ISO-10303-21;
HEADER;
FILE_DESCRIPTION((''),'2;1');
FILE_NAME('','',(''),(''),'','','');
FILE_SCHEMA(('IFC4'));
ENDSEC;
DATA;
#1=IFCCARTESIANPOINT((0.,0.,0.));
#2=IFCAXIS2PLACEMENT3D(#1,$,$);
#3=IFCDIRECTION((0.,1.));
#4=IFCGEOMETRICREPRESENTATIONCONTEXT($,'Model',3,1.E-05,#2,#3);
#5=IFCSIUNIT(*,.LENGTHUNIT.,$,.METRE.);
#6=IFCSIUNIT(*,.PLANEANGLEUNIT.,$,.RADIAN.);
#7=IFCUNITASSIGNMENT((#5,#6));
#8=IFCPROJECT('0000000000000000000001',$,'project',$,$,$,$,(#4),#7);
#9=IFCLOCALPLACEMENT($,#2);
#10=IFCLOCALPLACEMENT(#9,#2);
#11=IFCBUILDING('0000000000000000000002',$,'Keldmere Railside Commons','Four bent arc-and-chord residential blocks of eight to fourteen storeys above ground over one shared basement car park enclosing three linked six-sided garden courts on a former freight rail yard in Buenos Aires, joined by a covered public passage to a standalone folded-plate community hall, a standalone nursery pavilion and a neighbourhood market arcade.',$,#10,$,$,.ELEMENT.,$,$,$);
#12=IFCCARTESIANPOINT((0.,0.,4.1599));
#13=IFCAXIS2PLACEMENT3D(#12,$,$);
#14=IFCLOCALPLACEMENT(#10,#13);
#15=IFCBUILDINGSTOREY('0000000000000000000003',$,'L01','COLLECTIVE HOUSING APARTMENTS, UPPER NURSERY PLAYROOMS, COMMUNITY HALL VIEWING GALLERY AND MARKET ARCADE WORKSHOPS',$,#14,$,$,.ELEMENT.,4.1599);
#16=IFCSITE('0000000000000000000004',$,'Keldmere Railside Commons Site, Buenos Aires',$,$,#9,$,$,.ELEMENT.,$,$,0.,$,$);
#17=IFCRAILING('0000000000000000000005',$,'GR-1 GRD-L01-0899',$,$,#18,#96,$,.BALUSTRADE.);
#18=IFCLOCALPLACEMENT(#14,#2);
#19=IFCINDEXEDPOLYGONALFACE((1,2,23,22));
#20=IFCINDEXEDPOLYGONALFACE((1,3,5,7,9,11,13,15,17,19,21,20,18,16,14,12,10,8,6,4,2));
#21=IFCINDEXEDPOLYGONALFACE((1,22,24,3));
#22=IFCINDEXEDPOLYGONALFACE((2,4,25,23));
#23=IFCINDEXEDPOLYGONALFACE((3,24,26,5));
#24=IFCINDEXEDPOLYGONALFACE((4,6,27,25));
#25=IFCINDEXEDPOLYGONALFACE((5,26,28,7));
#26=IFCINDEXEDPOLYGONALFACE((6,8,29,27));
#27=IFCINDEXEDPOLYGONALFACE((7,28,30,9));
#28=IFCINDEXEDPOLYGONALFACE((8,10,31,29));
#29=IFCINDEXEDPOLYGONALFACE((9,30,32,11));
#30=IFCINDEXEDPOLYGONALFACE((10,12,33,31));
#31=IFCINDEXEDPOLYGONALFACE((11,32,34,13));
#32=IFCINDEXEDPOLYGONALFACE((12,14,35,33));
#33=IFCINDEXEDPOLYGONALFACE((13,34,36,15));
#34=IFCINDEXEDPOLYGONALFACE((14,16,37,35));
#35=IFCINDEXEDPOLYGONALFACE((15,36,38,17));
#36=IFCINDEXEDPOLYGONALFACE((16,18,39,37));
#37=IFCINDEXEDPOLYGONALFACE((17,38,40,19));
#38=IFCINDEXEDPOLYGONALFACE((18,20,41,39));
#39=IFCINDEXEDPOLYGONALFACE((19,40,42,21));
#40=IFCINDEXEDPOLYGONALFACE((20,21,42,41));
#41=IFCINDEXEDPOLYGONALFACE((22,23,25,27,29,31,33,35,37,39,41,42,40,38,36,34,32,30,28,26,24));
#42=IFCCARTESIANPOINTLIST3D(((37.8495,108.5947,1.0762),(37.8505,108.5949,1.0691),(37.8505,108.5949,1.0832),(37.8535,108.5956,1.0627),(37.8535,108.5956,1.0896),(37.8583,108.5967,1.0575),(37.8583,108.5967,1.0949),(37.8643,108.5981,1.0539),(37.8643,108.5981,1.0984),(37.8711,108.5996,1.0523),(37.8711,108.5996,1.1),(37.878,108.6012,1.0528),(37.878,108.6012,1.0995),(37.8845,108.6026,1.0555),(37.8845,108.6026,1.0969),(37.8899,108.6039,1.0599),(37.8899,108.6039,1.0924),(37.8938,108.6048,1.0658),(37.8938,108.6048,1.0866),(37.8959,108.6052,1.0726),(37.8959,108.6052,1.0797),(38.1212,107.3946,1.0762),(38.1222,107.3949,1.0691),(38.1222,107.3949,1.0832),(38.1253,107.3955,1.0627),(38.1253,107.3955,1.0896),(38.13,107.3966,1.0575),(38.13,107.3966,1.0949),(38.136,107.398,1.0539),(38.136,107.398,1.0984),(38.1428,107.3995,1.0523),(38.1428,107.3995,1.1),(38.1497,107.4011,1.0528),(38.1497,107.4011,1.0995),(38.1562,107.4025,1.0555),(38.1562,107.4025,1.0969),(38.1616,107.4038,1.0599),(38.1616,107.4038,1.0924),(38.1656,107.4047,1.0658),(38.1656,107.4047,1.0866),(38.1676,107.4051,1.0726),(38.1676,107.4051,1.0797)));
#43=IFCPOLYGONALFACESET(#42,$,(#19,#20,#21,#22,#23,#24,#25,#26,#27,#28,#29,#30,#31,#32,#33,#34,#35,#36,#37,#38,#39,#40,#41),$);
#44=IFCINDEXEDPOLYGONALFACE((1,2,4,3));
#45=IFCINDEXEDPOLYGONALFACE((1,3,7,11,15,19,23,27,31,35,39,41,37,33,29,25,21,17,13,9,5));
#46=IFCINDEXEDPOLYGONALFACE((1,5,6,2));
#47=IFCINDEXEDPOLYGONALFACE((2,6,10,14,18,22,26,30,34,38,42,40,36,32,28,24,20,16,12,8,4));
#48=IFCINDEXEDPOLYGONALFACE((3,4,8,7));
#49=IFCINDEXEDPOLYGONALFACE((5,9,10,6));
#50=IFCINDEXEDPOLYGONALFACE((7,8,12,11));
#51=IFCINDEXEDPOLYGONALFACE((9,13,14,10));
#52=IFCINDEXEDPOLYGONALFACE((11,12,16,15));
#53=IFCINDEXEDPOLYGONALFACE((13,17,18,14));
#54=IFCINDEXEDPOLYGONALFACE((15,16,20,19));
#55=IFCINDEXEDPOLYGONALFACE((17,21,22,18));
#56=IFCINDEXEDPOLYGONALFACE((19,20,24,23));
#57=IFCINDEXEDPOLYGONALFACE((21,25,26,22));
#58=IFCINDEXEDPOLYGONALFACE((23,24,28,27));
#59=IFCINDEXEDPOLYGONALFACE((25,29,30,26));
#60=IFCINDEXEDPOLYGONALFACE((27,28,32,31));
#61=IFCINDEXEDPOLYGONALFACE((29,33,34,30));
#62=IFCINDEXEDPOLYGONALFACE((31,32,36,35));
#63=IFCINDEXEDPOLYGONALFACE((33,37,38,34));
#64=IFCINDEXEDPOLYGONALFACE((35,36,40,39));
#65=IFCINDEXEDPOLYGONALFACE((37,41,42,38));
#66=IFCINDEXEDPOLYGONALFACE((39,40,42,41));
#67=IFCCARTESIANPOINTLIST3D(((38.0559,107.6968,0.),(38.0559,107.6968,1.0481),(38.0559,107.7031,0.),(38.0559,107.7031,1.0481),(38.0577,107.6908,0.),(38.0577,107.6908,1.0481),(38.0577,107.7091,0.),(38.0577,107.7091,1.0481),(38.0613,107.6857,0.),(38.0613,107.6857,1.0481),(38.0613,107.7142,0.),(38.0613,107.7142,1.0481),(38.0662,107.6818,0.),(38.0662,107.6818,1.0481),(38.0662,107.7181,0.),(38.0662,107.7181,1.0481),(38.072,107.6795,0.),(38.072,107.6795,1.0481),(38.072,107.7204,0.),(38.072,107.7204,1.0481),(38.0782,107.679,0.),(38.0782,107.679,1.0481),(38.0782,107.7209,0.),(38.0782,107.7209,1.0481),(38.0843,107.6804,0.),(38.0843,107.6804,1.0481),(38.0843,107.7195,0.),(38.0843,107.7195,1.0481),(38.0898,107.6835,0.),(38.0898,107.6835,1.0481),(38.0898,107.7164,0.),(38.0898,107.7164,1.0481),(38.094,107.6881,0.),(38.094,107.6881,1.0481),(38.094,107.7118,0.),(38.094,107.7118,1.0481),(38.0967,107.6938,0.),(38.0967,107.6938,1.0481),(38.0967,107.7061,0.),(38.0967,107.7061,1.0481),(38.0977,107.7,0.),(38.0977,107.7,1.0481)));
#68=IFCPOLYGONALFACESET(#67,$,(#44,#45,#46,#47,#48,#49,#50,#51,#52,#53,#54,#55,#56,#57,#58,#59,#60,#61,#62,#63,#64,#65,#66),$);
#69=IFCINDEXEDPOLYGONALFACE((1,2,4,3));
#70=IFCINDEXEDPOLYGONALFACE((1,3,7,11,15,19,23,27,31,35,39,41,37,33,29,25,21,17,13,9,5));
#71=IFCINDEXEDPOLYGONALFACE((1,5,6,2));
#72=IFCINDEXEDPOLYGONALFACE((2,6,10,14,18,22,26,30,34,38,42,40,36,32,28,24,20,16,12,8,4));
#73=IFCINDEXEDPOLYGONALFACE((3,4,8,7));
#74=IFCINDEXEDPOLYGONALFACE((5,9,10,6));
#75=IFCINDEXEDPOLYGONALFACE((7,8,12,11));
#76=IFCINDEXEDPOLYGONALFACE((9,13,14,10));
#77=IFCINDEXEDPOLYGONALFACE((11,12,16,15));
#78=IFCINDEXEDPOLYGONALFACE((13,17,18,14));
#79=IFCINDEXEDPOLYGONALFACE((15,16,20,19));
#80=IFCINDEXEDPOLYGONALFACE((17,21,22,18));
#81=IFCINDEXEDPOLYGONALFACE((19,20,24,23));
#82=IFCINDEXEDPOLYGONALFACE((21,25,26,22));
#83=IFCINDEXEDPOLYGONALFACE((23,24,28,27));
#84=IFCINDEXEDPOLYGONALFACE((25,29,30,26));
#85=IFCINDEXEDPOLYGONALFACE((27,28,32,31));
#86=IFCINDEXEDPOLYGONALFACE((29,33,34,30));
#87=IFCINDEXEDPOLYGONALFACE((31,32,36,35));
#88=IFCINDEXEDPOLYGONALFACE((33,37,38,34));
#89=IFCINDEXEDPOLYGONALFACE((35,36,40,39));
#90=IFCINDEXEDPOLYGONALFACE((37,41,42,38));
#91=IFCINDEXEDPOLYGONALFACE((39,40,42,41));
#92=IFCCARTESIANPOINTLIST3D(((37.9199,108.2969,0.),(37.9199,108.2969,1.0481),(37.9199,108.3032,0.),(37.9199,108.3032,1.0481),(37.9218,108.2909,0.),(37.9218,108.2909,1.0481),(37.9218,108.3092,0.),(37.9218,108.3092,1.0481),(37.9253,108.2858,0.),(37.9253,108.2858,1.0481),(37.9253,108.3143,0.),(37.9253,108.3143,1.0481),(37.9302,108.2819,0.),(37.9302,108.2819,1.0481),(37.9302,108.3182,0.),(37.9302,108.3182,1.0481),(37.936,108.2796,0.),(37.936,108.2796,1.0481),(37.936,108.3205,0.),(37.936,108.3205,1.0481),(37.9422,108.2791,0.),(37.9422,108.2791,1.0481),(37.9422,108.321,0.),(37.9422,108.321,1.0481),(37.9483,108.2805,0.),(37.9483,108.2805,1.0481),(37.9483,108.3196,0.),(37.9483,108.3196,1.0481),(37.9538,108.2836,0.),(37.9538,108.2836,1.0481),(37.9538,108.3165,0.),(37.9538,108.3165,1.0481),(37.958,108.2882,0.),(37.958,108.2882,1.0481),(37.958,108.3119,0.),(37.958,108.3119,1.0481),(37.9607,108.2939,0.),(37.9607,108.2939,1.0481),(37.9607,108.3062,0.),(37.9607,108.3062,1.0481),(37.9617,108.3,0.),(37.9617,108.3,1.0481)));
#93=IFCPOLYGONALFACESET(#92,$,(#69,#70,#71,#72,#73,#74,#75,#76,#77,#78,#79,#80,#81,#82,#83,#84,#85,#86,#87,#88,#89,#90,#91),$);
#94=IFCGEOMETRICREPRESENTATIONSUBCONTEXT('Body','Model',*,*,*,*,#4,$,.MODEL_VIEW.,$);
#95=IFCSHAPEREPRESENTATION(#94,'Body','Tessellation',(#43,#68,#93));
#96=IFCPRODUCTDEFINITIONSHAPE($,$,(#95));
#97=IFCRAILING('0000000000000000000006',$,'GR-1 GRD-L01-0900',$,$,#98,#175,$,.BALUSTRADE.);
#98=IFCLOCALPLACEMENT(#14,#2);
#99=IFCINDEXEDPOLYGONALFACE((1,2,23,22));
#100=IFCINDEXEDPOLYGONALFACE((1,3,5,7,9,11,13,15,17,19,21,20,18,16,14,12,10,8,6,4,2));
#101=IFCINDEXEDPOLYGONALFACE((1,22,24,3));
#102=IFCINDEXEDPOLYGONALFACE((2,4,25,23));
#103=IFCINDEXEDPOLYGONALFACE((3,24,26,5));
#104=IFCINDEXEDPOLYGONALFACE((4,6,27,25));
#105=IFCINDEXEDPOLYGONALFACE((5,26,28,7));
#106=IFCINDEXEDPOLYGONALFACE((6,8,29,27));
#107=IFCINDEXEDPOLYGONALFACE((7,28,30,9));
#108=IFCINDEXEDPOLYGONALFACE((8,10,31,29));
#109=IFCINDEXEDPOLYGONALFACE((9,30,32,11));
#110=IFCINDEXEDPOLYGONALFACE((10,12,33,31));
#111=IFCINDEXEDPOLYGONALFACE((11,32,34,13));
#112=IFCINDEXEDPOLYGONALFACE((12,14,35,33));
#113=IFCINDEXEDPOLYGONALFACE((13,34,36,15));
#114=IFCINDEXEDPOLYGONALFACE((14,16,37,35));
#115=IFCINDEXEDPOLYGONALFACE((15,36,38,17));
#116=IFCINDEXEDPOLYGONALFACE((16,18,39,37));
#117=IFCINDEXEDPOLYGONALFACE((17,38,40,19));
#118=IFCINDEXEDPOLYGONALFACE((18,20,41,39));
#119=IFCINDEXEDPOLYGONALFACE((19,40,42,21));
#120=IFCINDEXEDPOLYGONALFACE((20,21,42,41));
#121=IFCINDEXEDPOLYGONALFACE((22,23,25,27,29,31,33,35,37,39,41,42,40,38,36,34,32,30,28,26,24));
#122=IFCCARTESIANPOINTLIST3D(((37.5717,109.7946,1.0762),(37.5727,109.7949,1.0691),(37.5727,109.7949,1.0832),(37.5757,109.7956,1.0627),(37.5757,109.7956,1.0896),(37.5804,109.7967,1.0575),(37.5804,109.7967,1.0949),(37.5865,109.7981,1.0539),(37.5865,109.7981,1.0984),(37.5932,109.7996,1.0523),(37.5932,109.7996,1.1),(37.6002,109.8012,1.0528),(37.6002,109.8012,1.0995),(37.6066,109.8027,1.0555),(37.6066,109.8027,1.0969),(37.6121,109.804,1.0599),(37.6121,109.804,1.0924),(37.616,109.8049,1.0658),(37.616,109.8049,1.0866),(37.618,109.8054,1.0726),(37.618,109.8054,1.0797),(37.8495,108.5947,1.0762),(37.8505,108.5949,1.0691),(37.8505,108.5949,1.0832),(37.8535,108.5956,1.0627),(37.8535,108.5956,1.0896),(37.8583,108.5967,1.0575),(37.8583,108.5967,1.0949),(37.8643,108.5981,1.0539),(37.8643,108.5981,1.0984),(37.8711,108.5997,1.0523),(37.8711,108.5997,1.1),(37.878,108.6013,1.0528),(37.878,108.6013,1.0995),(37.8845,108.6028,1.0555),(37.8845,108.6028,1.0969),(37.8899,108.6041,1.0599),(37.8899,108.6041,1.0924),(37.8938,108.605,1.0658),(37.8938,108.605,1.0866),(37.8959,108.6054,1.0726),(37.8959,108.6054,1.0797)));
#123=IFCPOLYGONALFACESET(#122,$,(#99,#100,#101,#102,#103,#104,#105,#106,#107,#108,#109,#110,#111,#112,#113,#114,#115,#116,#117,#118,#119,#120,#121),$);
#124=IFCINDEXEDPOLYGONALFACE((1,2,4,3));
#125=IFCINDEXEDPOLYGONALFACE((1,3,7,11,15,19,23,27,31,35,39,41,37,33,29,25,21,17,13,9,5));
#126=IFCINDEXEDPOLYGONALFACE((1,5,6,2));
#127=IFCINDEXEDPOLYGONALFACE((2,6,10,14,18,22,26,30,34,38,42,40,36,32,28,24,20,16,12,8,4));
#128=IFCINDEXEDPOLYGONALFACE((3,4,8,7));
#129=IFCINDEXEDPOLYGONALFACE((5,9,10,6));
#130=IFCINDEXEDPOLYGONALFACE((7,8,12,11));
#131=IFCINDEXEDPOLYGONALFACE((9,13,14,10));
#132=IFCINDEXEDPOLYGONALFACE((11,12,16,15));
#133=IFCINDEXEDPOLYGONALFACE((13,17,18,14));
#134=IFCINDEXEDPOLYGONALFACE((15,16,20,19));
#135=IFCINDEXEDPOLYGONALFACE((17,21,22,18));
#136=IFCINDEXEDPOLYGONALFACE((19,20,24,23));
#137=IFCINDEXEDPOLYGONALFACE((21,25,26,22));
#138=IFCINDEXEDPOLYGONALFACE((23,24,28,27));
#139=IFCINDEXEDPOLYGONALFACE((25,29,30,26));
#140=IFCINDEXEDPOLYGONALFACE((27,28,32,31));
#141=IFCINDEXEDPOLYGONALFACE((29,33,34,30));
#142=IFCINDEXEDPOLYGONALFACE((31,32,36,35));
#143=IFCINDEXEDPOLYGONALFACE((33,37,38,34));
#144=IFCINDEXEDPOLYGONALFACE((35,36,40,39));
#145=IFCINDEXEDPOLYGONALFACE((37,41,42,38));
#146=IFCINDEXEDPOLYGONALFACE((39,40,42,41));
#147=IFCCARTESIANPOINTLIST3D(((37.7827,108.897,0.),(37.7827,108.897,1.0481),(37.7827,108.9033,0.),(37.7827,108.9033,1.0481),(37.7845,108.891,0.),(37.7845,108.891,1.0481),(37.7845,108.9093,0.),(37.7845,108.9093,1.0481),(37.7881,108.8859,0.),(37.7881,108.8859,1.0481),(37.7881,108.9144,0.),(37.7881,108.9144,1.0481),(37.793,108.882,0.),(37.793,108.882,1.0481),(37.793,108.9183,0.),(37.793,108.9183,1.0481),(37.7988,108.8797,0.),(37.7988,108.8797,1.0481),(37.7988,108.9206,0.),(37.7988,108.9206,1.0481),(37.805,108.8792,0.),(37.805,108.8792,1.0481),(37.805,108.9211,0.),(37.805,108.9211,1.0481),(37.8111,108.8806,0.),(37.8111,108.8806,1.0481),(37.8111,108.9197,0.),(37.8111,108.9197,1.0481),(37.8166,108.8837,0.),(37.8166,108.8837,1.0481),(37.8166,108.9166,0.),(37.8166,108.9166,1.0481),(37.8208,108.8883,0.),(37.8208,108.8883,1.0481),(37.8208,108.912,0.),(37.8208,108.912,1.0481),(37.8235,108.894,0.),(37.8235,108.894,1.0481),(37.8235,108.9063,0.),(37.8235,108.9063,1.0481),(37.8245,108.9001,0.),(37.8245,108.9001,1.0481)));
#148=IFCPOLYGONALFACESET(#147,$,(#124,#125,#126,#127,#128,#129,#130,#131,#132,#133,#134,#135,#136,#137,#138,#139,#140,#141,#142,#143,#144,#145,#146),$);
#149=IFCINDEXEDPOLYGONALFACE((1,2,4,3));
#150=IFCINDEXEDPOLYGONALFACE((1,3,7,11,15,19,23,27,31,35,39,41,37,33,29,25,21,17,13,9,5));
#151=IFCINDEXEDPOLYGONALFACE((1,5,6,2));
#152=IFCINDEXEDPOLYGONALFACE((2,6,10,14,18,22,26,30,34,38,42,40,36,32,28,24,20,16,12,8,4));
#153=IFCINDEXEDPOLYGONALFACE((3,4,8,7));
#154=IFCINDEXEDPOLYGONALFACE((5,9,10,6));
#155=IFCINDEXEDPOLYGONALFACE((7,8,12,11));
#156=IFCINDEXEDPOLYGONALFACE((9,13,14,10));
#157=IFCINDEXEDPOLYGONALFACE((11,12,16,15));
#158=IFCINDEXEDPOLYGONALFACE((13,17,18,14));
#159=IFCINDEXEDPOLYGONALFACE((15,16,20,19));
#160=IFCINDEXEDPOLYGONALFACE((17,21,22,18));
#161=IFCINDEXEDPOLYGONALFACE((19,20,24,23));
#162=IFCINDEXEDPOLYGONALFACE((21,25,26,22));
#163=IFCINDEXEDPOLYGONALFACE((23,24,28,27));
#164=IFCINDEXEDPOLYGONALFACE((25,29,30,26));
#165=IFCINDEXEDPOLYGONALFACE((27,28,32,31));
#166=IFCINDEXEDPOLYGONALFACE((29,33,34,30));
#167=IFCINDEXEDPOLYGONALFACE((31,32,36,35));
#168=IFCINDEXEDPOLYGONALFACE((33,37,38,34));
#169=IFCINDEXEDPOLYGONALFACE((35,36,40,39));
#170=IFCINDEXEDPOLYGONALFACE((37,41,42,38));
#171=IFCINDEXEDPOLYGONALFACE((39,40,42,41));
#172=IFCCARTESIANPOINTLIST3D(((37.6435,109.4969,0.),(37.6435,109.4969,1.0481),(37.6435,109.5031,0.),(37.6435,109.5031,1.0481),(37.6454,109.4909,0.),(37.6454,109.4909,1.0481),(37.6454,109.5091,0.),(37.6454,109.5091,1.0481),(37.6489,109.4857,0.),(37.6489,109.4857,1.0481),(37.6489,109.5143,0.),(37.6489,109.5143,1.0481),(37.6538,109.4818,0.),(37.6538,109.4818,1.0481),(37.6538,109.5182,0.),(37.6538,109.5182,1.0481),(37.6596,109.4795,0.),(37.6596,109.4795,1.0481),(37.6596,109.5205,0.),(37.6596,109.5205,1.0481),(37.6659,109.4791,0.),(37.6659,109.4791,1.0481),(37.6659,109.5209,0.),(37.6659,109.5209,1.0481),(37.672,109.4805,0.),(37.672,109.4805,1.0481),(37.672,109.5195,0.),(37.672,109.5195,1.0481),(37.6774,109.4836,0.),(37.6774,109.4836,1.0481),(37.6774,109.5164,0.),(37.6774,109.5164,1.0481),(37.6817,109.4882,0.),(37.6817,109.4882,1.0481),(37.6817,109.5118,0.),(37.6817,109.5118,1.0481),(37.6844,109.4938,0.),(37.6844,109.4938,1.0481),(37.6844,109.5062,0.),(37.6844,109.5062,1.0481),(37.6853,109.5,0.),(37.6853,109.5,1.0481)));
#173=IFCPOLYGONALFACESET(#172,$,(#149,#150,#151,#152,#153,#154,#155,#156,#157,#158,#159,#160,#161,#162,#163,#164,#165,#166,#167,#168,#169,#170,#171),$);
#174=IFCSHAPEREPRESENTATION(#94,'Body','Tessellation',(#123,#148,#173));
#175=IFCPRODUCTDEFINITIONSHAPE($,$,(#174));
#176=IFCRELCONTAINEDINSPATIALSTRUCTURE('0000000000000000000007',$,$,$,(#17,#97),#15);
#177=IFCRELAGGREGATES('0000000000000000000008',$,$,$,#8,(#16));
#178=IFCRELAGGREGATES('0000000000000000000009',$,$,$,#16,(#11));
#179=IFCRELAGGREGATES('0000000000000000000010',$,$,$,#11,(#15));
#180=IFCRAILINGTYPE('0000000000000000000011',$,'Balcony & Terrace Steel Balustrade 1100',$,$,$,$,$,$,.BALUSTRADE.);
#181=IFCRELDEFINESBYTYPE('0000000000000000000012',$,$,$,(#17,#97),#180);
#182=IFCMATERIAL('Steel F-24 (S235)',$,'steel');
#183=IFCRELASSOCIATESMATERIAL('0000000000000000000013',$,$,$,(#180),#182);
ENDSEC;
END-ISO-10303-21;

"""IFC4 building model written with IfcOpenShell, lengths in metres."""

from ifc_helpers import new_model, si_unit, direction, frame, origin, origin_2d, place, context, subcontext, project, spatial, circle, extrude, material, type_object, element, save


model = new_model("IFC4")

# Units and contexts
model_context = context("Model", 3, precision=1e-05, world=origin(), true_north=direction((0.0, 1.0)))
body_context = subcontext(model_context, "Body", "Model", "MODEL_VIEW")
ifc_project = project(units=[si_unit("LENGTHUNIT", "METRE"), si_unit("PLANEANGLEUNIT", "RADIAN")], contexts=[model_context])

# Site, building, storey
site_placement = place(None, origin())
site = spatial("IfcSite", under=ifc_project, at=site_placement, Name="Keldmere Railside Commons Site, Buenos Aires", CompositionType="ELEMENT", RefElevation=0.0)
building_placement = place(site_placement, origin())
building = spatial("IfcBuilding", under=site, at=building_placement, Name="Keldmere Railside Commons", Description="Four bent arc-and-chord residential blocks of eight to fourteen storeys above ground over one shared basement car park enclosing three linked six-sided garden courts on a former freight rail yard in Buenos Aires, joined by a covered public passage to a standalone folded-plate community hall, a standalone nursery pavilion and a neighbourhood market arcade.", CompositionType="ELEMENT")
storey_placement = place(building_placement, frame((0.0, 0.0, 4.1599)))
storey = spatial("IfcBuildingStorey", under=building, at=storey_placement, Name="L01", Description="COLLECTIVE HOUSING APARTMENTS, UPPER NURSERY PLAYROOMS, COMMUNITY HALL VIEWING GALLERY AND MARKET ARCADE WORKSHOPS", CompositionType="ELEMENT", Elevation=4.1599)

# Railings
ifc_material_1 = material(Name="Steel F-24 (S235)", Category="steel")
railing_type = type_object("IfcRailingType", Name="Balcony & Terrace Steel Balustrade 1100", PredefinedType="BALUSTRADE", material=ifc_material_1)
railing_1_placement = place(storey_placement, frame((38.1445, 107.3999, 0.0)))
element("IfcRailing", 1, at=railing_1_placement, inside=storey, type_object=railing_type, Name="GR-1 GRD-L01-0899", PredefinedType="BALUSTRADE", context=body_context, shape_type="SweptSolid", body=[
    extrude(circle(Radius=0.0239, at=origin_2d()), frame((0.0, 0.0, 1.0762), z_axis=(-0.220815, 0.975316, 0.0), x_axis=(-0.975316, -0.220815, 0.0)), (0.0, 0.0, 1.0), 1.2305),
    extrude(circle(Radius=0.021, at=origin_2d()), frame((-0.0679, 0.3, 0.0)), (0.0, 0.0, 1.0), 1.0481),
    extrude(circle(Radius=0.021, at=origin_2d()), frame((-0.2039, 0.9001, 0.0)), (0.0, 0.0, 1.0), 1.0481),
])
railing_2_placement = place(storey_placement, frame((37.8728, 108.6001, 0.0)))
element("IfcRailing", 2, at=railing_2_placement, inside=storey, type_object=railing_type, Name="GR-1 GRD-L01-0900", PredefinedType="BALUSTRADE", context=body_context, shape_type="SweptSolid", body=[
    extrude(circle(Radius=0.0239, at=origin_2d()), frame((0.0, 0.0, 1.0762), z_axis=(-0.225569, 0.974227, 0.0), x_axis=(-0.974227, -0.225569, 0.0)), (0.0, 0.0, 1.0), 1.2317),
    extrude(circle(Radius=0.021, at=origin_2d()), frame((-0.0693, 0.3, 0.0)), (0.0, 0.0, 1.0), 1.0481),
    extrude(circle(Radius=0.021, at=origin_2d()), frame((-0.2085, 0.8999, 0.0)), (0.0, 0.0, 1.0), 1.0481),
])

save(model, "model.ifc")
